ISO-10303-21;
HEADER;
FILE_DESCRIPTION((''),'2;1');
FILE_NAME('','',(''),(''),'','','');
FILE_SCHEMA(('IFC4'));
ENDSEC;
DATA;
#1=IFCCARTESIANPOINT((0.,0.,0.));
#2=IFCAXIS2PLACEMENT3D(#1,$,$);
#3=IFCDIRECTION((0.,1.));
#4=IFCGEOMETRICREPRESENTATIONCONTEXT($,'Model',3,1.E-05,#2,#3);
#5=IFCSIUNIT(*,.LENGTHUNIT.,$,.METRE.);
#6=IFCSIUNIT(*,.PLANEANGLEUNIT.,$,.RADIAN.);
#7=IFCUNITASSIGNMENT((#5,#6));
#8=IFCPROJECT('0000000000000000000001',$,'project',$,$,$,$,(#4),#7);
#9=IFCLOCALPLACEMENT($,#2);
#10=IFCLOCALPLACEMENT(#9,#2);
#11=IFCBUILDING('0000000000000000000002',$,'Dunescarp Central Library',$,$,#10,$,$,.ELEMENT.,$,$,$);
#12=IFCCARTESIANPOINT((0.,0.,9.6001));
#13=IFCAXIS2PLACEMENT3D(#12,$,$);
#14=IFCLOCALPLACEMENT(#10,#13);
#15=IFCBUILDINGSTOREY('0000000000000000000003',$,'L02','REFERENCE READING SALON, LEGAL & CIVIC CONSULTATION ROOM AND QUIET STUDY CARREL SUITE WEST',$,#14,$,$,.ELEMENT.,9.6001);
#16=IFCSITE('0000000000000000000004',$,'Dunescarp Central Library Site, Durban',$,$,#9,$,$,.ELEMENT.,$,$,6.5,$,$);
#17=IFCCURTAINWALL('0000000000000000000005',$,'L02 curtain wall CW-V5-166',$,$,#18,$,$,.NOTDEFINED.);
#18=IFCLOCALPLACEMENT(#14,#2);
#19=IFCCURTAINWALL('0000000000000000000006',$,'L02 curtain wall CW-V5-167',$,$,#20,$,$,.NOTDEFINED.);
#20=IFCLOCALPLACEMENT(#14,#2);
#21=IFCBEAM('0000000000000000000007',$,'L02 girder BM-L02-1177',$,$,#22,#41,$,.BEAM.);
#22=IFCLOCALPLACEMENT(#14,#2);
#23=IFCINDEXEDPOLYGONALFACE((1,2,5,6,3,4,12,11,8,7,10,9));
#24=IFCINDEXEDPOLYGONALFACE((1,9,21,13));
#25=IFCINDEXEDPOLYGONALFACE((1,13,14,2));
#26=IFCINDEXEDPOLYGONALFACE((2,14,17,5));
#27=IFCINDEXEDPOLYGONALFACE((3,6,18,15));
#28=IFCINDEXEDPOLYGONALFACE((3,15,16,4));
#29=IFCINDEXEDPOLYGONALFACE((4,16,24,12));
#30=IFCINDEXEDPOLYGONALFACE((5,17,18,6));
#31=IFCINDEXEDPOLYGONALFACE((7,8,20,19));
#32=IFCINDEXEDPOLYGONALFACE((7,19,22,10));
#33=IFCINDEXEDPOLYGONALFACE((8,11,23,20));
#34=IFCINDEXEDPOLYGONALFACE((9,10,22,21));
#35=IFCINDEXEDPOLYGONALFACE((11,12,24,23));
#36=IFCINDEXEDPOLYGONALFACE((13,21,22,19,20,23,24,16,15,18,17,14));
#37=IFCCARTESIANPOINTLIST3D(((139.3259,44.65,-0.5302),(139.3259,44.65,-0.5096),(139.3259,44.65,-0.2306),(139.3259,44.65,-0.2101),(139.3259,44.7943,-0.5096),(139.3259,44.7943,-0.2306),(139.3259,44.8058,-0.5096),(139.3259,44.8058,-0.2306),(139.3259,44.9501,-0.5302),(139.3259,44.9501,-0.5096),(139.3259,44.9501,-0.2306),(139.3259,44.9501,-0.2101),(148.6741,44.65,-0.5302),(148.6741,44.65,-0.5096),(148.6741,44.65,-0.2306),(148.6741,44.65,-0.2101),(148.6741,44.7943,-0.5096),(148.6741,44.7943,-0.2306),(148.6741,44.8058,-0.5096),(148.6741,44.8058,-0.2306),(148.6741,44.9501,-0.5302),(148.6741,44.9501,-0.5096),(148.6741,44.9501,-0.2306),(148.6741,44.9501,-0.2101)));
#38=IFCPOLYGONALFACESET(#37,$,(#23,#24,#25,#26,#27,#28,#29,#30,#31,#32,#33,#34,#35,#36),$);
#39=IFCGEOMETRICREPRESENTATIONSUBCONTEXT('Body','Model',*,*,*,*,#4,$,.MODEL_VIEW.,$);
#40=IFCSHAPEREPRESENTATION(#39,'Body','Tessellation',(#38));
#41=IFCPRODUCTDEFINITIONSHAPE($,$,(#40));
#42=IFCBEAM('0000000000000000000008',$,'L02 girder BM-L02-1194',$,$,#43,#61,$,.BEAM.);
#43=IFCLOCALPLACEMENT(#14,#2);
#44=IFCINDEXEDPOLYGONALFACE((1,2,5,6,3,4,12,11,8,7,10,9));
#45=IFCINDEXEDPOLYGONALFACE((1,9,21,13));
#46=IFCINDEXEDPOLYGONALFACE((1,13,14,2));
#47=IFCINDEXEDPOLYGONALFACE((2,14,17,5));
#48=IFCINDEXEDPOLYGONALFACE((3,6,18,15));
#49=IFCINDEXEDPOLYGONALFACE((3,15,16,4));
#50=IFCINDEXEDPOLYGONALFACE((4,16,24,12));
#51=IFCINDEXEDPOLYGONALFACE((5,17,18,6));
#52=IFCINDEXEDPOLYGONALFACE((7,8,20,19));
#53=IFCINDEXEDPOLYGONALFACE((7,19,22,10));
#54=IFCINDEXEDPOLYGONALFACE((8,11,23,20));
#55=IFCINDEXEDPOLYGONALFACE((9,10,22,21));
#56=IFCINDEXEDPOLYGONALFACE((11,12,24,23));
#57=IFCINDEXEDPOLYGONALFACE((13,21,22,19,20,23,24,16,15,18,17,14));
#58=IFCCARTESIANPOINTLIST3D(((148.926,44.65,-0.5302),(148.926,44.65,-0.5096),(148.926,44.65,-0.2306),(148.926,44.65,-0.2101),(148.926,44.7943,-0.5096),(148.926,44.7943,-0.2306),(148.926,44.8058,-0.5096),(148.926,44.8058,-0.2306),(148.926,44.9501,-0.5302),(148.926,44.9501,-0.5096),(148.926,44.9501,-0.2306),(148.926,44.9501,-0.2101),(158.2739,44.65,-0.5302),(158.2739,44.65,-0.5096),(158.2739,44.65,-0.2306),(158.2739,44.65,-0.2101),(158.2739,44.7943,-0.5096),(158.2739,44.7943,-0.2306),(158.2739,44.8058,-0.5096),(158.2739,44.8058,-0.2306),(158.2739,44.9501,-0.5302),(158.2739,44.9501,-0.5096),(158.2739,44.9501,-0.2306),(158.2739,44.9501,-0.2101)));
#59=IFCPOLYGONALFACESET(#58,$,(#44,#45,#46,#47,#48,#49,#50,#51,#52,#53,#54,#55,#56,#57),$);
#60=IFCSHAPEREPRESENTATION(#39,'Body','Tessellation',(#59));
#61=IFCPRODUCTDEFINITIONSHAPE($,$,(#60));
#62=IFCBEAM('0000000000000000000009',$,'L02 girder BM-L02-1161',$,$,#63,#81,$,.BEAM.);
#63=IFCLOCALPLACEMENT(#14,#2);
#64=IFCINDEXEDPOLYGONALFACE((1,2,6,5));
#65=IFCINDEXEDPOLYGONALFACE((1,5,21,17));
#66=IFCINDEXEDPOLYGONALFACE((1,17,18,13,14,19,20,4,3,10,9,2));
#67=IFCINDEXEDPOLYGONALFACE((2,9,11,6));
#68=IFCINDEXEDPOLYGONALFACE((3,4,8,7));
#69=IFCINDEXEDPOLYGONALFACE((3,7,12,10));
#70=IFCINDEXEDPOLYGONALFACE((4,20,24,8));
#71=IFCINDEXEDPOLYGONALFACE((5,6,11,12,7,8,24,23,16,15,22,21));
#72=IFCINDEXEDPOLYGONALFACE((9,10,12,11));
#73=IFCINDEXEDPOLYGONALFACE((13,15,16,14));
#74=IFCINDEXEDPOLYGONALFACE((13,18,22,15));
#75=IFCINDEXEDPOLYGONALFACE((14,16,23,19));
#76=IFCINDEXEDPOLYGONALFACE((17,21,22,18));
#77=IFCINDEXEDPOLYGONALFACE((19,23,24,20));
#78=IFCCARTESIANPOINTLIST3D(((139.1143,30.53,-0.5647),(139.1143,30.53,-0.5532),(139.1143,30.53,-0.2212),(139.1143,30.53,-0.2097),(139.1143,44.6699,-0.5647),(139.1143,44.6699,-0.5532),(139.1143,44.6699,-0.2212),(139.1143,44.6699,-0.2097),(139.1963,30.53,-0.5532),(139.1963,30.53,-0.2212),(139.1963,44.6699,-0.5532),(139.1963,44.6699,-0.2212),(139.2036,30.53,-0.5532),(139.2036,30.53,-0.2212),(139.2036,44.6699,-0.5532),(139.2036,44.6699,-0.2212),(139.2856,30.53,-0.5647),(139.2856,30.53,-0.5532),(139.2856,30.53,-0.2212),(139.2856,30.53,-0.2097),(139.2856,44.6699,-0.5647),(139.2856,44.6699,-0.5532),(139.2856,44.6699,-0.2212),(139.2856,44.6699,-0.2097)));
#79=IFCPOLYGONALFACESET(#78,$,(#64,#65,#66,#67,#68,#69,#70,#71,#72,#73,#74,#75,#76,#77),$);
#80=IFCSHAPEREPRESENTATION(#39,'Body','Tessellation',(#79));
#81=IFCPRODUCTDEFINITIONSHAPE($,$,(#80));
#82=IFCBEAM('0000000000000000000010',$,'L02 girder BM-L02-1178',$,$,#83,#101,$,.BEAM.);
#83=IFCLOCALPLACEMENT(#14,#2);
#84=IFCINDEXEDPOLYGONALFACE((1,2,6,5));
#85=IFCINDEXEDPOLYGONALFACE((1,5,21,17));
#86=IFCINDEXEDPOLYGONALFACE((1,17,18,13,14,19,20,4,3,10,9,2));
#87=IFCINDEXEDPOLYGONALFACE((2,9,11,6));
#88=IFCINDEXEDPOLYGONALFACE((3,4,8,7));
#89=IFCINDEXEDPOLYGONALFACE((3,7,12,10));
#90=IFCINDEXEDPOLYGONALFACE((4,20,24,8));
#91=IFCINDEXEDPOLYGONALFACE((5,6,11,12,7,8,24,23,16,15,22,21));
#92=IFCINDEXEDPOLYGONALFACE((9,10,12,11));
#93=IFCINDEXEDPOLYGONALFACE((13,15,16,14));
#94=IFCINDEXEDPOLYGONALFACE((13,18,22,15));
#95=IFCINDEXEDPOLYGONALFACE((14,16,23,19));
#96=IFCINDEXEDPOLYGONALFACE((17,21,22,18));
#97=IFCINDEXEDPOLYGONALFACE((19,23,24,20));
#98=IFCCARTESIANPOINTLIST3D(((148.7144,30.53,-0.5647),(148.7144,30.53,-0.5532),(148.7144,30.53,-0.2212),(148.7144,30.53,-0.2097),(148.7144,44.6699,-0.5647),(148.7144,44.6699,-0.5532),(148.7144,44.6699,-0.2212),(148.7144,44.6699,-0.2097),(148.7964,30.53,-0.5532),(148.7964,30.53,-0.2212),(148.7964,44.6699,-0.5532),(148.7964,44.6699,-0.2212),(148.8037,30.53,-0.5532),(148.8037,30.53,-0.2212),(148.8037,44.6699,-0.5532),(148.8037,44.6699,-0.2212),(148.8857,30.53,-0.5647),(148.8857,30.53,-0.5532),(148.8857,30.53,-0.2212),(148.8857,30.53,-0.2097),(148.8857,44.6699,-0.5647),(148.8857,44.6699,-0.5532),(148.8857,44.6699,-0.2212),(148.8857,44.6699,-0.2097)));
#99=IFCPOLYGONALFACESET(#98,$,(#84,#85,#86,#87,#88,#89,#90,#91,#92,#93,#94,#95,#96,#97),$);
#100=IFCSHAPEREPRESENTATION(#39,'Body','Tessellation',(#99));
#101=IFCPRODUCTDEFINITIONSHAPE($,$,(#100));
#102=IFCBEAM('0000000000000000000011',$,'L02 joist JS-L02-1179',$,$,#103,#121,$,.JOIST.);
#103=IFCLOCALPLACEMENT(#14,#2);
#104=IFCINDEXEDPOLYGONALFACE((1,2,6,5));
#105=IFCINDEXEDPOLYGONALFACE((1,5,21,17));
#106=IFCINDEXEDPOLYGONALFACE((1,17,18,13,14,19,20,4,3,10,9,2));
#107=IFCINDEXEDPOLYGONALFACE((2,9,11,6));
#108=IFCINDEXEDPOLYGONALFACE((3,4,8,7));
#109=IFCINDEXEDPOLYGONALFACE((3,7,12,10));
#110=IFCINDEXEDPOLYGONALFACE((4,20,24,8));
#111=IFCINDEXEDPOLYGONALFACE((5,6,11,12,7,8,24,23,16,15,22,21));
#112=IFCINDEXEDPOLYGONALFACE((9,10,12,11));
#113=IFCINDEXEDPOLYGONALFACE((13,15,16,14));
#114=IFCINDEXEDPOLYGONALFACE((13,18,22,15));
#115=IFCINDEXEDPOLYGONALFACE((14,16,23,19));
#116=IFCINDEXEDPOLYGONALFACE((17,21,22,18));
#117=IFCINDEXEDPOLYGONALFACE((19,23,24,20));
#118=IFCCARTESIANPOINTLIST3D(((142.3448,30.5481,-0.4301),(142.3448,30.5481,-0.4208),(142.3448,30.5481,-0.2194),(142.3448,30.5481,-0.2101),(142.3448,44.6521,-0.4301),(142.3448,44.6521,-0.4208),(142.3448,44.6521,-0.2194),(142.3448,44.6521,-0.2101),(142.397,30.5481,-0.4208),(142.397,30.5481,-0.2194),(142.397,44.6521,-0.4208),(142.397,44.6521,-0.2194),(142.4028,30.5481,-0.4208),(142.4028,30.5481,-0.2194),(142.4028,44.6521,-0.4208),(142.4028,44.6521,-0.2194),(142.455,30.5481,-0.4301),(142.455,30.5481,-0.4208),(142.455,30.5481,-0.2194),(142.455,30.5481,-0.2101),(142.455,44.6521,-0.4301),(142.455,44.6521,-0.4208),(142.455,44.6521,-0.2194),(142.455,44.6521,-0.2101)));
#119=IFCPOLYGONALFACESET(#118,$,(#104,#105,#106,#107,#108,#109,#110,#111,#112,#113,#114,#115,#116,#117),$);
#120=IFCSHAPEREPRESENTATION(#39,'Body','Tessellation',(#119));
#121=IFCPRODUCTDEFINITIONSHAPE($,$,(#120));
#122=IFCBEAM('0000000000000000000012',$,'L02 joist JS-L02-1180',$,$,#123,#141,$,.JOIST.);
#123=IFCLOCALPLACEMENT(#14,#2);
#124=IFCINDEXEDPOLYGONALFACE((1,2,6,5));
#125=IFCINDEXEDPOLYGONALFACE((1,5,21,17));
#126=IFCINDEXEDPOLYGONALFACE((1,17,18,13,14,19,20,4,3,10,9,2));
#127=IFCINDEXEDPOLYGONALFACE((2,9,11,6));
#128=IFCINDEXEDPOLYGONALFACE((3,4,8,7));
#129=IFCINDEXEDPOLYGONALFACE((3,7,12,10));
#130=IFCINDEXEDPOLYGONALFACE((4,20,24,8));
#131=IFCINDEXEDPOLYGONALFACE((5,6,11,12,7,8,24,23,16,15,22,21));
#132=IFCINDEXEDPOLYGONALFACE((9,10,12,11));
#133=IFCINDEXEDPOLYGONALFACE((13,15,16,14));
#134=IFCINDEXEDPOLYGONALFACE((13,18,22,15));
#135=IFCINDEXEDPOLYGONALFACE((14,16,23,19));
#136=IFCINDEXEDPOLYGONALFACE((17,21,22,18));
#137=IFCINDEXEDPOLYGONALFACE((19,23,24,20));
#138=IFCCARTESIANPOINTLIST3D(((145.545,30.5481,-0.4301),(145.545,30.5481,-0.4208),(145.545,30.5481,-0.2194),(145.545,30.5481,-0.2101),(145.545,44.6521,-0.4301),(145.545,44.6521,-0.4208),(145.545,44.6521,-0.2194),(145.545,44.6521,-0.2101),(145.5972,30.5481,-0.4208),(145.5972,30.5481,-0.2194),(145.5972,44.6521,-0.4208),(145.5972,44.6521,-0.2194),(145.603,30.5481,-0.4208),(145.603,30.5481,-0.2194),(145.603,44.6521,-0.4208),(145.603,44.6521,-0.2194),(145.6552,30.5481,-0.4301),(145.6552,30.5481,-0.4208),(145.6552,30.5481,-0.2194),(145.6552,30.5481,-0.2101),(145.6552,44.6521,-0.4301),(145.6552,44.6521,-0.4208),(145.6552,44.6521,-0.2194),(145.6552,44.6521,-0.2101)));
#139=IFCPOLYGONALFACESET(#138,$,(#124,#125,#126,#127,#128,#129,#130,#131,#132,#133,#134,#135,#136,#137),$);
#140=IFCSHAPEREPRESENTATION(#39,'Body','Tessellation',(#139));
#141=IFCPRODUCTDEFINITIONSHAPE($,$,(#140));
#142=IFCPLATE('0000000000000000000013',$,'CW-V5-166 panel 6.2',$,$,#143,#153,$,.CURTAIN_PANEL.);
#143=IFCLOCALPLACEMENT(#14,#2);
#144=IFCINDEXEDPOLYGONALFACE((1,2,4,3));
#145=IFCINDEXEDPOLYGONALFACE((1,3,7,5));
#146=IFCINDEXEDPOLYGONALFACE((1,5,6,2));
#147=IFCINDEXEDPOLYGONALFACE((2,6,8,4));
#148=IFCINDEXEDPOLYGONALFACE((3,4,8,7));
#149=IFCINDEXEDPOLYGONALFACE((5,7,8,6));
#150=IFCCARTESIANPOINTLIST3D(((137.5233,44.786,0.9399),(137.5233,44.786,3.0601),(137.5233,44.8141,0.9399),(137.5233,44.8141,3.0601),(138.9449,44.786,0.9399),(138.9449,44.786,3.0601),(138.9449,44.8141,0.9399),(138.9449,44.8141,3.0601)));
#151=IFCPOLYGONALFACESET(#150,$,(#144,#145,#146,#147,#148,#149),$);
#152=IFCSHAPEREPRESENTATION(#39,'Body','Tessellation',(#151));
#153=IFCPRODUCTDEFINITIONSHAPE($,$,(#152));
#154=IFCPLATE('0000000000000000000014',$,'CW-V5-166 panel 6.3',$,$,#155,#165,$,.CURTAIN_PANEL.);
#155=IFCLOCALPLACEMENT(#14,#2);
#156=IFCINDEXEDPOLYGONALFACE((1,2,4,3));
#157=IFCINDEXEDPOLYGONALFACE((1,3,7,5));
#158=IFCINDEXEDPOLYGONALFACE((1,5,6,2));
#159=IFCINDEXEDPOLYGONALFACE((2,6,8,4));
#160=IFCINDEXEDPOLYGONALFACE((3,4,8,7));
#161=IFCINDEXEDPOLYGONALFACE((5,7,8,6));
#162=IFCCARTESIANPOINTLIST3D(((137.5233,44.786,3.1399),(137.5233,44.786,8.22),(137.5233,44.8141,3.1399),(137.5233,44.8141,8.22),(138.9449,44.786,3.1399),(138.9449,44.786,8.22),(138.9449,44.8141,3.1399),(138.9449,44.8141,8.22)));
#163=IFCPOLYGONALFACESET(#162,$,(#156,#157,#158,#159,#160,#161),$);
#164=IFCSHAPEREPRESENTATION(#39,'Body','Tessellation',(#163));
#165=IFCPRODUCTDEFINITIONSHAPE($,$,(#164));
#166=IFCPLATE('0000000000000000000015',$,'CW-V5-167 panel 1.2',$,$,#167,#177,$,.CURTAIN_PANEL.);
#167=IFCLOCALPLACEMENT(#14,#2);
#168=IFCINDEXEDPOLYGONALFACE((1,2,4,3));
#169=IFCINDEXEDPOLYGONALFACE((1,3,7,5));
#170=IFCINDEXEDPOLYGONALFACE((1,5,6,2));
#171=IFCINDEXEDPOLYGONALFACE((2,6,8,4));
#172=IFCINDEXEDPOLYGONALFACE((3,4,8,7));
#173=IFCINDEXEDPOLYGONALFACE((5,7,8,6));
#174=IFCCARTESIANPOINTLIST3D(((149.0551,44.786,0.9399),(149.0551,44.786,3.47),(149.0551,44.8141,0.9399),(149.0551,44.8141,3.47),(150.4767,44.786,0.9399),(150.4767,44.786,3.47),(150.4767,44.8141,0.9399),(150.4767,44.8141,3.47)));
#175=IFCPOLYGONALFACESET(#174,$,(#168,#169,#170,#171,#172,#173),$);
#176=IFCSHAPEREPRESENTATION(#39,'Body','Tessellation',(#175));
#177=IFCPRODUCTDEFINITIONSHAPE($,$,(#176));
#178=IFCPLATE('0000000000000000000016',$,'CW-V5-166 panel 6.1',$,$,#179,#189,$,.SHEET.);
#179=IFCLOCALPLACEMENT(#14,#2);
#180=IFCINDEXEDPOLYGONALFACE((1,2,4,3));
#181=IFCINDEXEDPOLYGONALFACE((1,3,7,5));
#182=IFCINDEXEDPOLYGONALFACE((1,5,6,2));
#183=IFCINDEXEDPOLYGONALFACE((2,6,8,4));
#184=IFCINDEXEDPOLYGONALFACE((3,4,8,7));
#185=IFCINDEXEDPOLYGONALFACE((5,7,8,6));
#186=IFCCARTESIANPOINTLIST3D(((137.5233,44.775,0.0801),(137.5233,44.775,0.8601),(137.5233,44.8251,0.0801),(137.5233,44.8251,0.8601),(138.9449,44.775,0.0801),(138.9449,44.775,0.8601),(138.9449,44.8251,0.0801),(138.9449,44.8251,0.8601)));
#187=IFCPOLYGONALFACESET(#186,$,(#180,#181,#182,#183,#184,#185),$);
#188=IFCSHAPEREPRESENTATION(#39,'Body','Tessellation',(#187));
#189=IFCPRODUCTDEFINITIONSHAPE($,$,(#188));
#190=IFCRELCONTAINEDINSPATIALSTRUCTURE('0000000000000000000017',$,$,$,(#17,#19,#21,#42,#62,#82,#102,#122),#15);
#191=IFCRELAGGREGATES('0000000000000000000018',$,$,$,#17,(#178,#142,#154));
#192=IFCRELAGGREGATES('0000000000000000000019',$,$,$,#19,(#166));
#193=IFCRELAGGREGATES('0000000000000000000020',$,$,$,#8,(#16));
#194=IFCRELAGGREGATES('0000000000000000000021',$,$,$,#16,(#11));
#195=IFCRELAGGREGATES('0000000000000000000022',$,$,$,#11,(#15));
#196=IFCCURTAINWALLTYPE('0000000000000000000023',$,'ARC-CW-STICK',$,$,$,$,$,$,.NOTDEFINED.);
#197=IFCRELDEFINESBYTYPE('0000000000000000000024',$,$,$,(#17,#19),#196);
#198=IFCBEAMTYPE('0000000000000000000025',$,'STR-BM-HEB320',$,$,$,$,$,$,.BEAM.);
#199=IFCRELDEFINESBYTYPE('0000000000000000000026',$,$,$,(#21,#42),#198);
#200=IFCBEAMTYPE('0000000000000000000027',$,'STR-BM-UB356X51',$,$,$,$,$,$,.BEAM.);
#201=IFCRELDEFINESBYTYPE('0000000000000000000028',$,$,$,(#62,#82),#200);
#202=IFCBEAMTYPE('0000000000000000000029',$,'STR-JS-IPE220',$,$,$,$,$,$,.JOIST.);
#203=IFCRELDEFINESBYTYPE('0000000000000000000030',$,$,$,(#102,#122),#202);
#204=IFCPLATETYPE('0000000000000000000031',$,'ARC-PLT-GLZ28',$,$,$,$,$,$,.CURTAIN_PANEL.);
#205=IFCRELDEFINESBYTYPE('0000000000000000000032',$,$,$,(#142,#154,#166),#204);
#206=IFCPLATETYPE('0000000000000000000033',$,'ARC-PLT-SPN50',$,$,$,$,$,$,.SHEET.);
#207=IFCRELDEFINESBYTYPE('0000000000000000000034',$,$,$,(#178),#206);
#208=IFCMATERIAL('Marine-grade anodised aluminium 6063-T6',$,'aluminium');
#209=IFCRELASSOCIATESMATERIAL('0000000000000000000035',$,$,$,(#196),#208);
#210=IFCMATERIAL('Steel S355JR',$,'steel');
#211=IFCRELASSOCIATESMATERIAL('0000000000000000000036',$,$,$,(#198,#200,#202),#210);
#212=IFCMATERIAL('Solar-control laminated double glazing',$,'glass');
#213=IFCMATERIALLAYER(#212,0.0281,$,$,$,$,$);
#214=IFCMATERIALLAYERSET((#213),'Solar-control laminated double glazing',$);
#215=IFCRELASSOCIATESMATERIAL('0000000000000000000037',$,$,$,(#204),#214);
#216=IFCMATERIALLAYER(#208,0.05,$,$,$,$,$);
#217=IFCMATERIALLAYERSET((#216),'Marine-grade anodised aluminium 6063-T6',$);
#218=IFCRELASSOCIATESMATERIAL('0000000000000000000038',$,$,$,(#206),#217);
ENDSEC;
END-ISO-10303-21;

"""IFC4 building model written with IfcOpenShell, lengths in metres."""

from ifc_helpers import new_model, si_unit, direction, frame, origin, origin_2d, place, context, subcontext, project, spatial, rectangle, i_section, extrude, material, layer, layer_set, material_profile, profile_set, type_object, element, aggregate, save


model = new_model("IFC4")

# Units and contexts
model_context = context("Model", 3, precision=1e-05, world=origin(), true_north=direction((0.0, 1.0)))
body_context = subcontext(model_context, "Body", "Model", "MODEL_VIEW")
ifc_project = project(units=[si_unit("LENGTHUNIT", "METRE"), si_unit("PLANEANGLEUNIT", "RADIAN")], contexts=[model_context])

# Site, building, storey
site_placement = place(None, origin())
site = spatial("IfcSite", under=ifc_project, at=site_placement, Name="Dunescarp Central Library Site, Durban", CompositionType="ELEMENT", RefElevation=6.5)
building_placement = place(site_placement, origin())
building = spatial("IfcBuilding", under=site, at=building_placement, Name="Dunescarp Central Library", CompositionType="ELEMENT")
storey_placement = place(building_placement, frame((0.0, 0.0, 9.6001)))
storey = spatial("IfcBuildingStorey", under=building, at=storey_placement, Name="L02", Description="REFERENCE READING SALON, LEGAL & CIVIC CONSULTATION ROOM AND QUIET STUDY CARREL SUITE WEST", CompositionType="ELEMENT", Elevation=9.6001)

# Shared definitions
ifc_material_1 = material(Name="Steel S355JR", Category="steel")

# Curtain walls
ifc_material_2 = material(Name="Marine-grade anodised aluminium 6063-T6", Category="aluminium")
curtain_wall_type = type_object("IfcCurtainWallType", Name="ARC-CW-STICK", PredefinedType="NOTDEFINED", material=ifc_material_2)
curtain_wall_1_placement = place(storey_placement, origin())
curtain_wall_1 = element("IfcCurtainWall", 1, at=curtain_wall_1_placement, inside=storey, type_object=curtain_wall_type, Name="L02 curtain wall CW-V5-166", PredefinedType="NOTDEFINED")
curtain_wall_2_placement = place(storey_placement, origin())
curtain_wall_2 = element("IfcCurtainWall", 2, at=curtain_wall_2_placement, inside=storey, type_object=curtain_wall_type, Name="L02 curtain wall CW-V5-167", PredefinedType="NOTDEFINED")

# Beams
ifc_material_profile_1 = material_profile(ifc_material_1, i_section(OverallWidth=0.3, OverallDepth=0.3201, WebThickness=0.0115, FlangeThickness=0.0205, at=origin_2d()), Name="HEB 320")
ifc_profile_set_1 = profile_set([ifc_material_profile_1], Name="Steel S355JR")
beam_type_1 = type_object("IfcBeamType", Name="STR-BM-HEB320", PredefinedType="BEAM", material=ifc_profile_set_1)
beam_1_placement = place(storey_placement, frame((139.3259, 44.8, -0.3701), z_axis=(1.0, 0.0, 0.0), x_axis=(0.0, 1.0, 0.0)))
element("IfcBeam", 3, at=beam_1_placement, inside=storey, type_object=beam_type_1, Name="L02 girder BM-L02-1177", PredefinedType="BEAM", context=body_context, shape_type="SweptSolid", body=[
    extrude(i_section(OverallWidth=0.3, OverallDepth=0.3201, WebThickness=0.0115, FlangeThickness=0.0205, at=origin_2d()), origin(), (0.0, 0.0, 1.0), 9.3481),
])
beam_2_placement = place(storey_placement, frame((148.926, 44.8, -0.3701), z_axis=(1.0, 0.0, 0.0), x_axis=(0.0, 1.0, 0.0)))
element("IfcBeam", 4, at=beam_2_placement, inside=storey, type_object=beam_type_1, Name="L02 girder BM-L02-1194", PredefinedType="BEAM", context=body_context, shape_type="SweptSolid", body=[
    extrude(i_section(OverallWidth=0.3, OverallDepth=0.3201, WebThickness=0.0115, FlangeThickness=0.0205, at=origin_2d()), origin(), (0.0, 0.0, 1.0), 9.3479),
])
ifc_material_profile_2 = material_profile(ifc_material_1, i_section(OverallWidth=0.1714, OverallDepth=0.355, WebThickness=0.0073, FlangeThickness=0.0115, at=origin_2d()), Name="UB 356x171x51")
ifc_profile_set_2 = profile_set([ifc_material_profile_2], Name="Steel S355JR")
beam_type_2 = type_object("IfcBeamType", Name="STR-BM-UB356X51", PredefinedType="BEAM", material=ifc_profile_set_2)
for number, where, z_axis, x_axis, name in (
    (5, (139.2, 30.53, -0.3872), (0.0, 1.0, 0.0), (-1.0, 0.0, 0.0), "L02 girder BM-L02-1161"),
    (6, (148.8, 30.53, -0.3872), (0.0, 1.0, 0.0), (-1.0, 0.0, 0.0), "L02 girder BM-L02-1178"),
):
    element("IfcBeam", number, at=place(storey_placement, frame(where, z_axis=z_axis, x_axis=x_axis)), inside=storey, type_object=beam_type_2, Name=name, PredefinedType="BEAM", context=body_context, shape_type="SweptSolid", body=[
        extrude(i_section(OverallWidth=0.1714, OverallDepth=0.355, WebThickness=0.0073, FlangeThickness=0.0115, at=origin_2d()), origin(), (0.0, 0.0, 1.0), 14.1399),
    ])
ifc_material_profile_3 = material_profile(ifc_material_1, i_section(OverallWidth=0.1101, OverallDepth=0.22, WebThickness=0.0059, FlangeThickness=0.0093, at=origin_2d()), Name="IPE 220")
ifc_profile_set_3 = profile_set([ifc_material_profile_3], Name="Steel S355JR")
beam_type_3 = type_object("IfcBeamType", Name="STR-JS-IPE220", PredefinedType="JOIST", material=ifc_profile_set_3)
for number, where, z_axis, x_axis, name in (
    (7, (142.3999, 30.5481, -0.3201), (0.0, 1.0, 0.0), (-1.0, 0.0, 0.0), "L02 joist JS-L02-1179"),
    (8, (145.6001, 30.5481, -0.3201), (0.0, 1.0, 0.0), (-1.0, 0.0, 0.0), "L02 joist JS-L02-1180"),
):
    element("IfcBeam", number, at=place(storey_placement, frame(where, z_axis=z_axis, x_axis=x_axis)), inside=storey, type_object=beam_type_3, Name=name, PredefinedType="JOIST", context=body_context, shape_type="SweptSolid", body=[
        extrude(i_section(OverallWidth=0.1101, OverallDepth=0.22, WebThickness=0.0059, FlangeThickness=0.0093, at=origin_2d()), origin(), (0.0, 0.0, 1.0), 14.104),
    ])

# Plates
ifc_material_3 = material(Name="Solar-control laminated double glazing", Category="glass")
ifc_layer_1 = layer(ifc_material_3, 0.0281)
ifc_layer_set_1 = layer_set([ifc_layer_1], Name="Solar-control laminated double glazing")
plate_type_1 = type_object("IfcPlateType", Name="ARC-PLT-GLZ28", PredefinedType="CURTAIN_PANEL", material=ifc_layer_set_1)
plate_1_placement = place(storey_placement, frame((138.2341, 44.8, 0.9399), z_axis=(0.0, 0.0, 1.0), x_axis=(1.0, 0.0, 0.0)))
plate_1 = element("IfcPlate", 9, at=plate_1_placement, type_object=plate_type_1, Name="CW-V5-166 panel 6.2", PredefinedType="CURTAIN_PANEL", context=body_context, shape_type="SweptSolid", body=[
    extrude(rectangle(XDim=1.4216, YDim=0.0281, at=origin_2d()), origin(), (0.0, 0.0, 1.0), 2.1201),
])
plate_2_placement = place(storey_placement, frame((138.2341, 44.8, 3.1399), z_axis=(0.0, 0.0, 1.0), x_axis=(1.0, 0.0, 0.0)))
plate_2 = element("IfcPlate", 10, at=plate_2_placement, type_object=plate_type_1, Name="CW-V5-166 panel 6.3", PredefinedType="CURTAIN_PANEL", context=body_context, shape_type="SweptSolid", body=[
    extrude(rectangle(XDim=1.4216, YDim=0.0281, at=origin_2d()), origin(), (0.0, 0.0, 1.0), 5.0801),
])
plate_3_placement = place(storey_placement, frame((149.7659, 44.8, 0.9399), z_axis=(0.0, 0.0, 1.0), x_axis=(1.0, 0.0, 0.0)))
plate_3 = element("IfcPlate", 11, at=plate_3_placement, type_object=plate_type_1, Name="CW-V5-167 panel 1.2", PredefinedType="CURTAIN_PANEL", context=body_context, shape_type="SweptSolid", body=[
    extrude(rectangle(XDim=1.4216, YDim=0.0281, at=origin_2d()), origin(), (0.0, 0.0, 1.0), 2.53),
])
ifc_layer_2 = layer(ifc_material_2, 0.05)
ifc_layer_set_2 = layer_set([ifc_layer_2], Name="Marine-grade anodised aluminium 6063-T6")
plate_type_2 = type_object("IfcPlateType", Name="ARC-PLT-SPN50", PredefinedType="SHEET", material=ifc_layer_set_2)
plate_4_placement = place(storey_placement, frame((138.2341, 44.8, 0.0801), z_axis=(0.0, 0.0, 1.0), x_axis=(1.0, 0.0, 0.0)))
plate_4 = element("IfcPlate", 12, at=plate_4_placement, type_object=plate_type_2, Name="CW-V5-166 panel 6.1", PredefinedType="SHEET", context=body_context, shape_type="SweptSolid", body=[
    extrude(rectangle(XDim=1.4216, YDim=0.05, at=origin_2d()), origin(), (0.0, 0.0, 1.0), 0.78),
])
aggregate(curtain_wall_1, [plate_4, plate_1, plate_2])
aggregate(curtain_wall_2, [plate_3])

save(model, "model.ifc")
